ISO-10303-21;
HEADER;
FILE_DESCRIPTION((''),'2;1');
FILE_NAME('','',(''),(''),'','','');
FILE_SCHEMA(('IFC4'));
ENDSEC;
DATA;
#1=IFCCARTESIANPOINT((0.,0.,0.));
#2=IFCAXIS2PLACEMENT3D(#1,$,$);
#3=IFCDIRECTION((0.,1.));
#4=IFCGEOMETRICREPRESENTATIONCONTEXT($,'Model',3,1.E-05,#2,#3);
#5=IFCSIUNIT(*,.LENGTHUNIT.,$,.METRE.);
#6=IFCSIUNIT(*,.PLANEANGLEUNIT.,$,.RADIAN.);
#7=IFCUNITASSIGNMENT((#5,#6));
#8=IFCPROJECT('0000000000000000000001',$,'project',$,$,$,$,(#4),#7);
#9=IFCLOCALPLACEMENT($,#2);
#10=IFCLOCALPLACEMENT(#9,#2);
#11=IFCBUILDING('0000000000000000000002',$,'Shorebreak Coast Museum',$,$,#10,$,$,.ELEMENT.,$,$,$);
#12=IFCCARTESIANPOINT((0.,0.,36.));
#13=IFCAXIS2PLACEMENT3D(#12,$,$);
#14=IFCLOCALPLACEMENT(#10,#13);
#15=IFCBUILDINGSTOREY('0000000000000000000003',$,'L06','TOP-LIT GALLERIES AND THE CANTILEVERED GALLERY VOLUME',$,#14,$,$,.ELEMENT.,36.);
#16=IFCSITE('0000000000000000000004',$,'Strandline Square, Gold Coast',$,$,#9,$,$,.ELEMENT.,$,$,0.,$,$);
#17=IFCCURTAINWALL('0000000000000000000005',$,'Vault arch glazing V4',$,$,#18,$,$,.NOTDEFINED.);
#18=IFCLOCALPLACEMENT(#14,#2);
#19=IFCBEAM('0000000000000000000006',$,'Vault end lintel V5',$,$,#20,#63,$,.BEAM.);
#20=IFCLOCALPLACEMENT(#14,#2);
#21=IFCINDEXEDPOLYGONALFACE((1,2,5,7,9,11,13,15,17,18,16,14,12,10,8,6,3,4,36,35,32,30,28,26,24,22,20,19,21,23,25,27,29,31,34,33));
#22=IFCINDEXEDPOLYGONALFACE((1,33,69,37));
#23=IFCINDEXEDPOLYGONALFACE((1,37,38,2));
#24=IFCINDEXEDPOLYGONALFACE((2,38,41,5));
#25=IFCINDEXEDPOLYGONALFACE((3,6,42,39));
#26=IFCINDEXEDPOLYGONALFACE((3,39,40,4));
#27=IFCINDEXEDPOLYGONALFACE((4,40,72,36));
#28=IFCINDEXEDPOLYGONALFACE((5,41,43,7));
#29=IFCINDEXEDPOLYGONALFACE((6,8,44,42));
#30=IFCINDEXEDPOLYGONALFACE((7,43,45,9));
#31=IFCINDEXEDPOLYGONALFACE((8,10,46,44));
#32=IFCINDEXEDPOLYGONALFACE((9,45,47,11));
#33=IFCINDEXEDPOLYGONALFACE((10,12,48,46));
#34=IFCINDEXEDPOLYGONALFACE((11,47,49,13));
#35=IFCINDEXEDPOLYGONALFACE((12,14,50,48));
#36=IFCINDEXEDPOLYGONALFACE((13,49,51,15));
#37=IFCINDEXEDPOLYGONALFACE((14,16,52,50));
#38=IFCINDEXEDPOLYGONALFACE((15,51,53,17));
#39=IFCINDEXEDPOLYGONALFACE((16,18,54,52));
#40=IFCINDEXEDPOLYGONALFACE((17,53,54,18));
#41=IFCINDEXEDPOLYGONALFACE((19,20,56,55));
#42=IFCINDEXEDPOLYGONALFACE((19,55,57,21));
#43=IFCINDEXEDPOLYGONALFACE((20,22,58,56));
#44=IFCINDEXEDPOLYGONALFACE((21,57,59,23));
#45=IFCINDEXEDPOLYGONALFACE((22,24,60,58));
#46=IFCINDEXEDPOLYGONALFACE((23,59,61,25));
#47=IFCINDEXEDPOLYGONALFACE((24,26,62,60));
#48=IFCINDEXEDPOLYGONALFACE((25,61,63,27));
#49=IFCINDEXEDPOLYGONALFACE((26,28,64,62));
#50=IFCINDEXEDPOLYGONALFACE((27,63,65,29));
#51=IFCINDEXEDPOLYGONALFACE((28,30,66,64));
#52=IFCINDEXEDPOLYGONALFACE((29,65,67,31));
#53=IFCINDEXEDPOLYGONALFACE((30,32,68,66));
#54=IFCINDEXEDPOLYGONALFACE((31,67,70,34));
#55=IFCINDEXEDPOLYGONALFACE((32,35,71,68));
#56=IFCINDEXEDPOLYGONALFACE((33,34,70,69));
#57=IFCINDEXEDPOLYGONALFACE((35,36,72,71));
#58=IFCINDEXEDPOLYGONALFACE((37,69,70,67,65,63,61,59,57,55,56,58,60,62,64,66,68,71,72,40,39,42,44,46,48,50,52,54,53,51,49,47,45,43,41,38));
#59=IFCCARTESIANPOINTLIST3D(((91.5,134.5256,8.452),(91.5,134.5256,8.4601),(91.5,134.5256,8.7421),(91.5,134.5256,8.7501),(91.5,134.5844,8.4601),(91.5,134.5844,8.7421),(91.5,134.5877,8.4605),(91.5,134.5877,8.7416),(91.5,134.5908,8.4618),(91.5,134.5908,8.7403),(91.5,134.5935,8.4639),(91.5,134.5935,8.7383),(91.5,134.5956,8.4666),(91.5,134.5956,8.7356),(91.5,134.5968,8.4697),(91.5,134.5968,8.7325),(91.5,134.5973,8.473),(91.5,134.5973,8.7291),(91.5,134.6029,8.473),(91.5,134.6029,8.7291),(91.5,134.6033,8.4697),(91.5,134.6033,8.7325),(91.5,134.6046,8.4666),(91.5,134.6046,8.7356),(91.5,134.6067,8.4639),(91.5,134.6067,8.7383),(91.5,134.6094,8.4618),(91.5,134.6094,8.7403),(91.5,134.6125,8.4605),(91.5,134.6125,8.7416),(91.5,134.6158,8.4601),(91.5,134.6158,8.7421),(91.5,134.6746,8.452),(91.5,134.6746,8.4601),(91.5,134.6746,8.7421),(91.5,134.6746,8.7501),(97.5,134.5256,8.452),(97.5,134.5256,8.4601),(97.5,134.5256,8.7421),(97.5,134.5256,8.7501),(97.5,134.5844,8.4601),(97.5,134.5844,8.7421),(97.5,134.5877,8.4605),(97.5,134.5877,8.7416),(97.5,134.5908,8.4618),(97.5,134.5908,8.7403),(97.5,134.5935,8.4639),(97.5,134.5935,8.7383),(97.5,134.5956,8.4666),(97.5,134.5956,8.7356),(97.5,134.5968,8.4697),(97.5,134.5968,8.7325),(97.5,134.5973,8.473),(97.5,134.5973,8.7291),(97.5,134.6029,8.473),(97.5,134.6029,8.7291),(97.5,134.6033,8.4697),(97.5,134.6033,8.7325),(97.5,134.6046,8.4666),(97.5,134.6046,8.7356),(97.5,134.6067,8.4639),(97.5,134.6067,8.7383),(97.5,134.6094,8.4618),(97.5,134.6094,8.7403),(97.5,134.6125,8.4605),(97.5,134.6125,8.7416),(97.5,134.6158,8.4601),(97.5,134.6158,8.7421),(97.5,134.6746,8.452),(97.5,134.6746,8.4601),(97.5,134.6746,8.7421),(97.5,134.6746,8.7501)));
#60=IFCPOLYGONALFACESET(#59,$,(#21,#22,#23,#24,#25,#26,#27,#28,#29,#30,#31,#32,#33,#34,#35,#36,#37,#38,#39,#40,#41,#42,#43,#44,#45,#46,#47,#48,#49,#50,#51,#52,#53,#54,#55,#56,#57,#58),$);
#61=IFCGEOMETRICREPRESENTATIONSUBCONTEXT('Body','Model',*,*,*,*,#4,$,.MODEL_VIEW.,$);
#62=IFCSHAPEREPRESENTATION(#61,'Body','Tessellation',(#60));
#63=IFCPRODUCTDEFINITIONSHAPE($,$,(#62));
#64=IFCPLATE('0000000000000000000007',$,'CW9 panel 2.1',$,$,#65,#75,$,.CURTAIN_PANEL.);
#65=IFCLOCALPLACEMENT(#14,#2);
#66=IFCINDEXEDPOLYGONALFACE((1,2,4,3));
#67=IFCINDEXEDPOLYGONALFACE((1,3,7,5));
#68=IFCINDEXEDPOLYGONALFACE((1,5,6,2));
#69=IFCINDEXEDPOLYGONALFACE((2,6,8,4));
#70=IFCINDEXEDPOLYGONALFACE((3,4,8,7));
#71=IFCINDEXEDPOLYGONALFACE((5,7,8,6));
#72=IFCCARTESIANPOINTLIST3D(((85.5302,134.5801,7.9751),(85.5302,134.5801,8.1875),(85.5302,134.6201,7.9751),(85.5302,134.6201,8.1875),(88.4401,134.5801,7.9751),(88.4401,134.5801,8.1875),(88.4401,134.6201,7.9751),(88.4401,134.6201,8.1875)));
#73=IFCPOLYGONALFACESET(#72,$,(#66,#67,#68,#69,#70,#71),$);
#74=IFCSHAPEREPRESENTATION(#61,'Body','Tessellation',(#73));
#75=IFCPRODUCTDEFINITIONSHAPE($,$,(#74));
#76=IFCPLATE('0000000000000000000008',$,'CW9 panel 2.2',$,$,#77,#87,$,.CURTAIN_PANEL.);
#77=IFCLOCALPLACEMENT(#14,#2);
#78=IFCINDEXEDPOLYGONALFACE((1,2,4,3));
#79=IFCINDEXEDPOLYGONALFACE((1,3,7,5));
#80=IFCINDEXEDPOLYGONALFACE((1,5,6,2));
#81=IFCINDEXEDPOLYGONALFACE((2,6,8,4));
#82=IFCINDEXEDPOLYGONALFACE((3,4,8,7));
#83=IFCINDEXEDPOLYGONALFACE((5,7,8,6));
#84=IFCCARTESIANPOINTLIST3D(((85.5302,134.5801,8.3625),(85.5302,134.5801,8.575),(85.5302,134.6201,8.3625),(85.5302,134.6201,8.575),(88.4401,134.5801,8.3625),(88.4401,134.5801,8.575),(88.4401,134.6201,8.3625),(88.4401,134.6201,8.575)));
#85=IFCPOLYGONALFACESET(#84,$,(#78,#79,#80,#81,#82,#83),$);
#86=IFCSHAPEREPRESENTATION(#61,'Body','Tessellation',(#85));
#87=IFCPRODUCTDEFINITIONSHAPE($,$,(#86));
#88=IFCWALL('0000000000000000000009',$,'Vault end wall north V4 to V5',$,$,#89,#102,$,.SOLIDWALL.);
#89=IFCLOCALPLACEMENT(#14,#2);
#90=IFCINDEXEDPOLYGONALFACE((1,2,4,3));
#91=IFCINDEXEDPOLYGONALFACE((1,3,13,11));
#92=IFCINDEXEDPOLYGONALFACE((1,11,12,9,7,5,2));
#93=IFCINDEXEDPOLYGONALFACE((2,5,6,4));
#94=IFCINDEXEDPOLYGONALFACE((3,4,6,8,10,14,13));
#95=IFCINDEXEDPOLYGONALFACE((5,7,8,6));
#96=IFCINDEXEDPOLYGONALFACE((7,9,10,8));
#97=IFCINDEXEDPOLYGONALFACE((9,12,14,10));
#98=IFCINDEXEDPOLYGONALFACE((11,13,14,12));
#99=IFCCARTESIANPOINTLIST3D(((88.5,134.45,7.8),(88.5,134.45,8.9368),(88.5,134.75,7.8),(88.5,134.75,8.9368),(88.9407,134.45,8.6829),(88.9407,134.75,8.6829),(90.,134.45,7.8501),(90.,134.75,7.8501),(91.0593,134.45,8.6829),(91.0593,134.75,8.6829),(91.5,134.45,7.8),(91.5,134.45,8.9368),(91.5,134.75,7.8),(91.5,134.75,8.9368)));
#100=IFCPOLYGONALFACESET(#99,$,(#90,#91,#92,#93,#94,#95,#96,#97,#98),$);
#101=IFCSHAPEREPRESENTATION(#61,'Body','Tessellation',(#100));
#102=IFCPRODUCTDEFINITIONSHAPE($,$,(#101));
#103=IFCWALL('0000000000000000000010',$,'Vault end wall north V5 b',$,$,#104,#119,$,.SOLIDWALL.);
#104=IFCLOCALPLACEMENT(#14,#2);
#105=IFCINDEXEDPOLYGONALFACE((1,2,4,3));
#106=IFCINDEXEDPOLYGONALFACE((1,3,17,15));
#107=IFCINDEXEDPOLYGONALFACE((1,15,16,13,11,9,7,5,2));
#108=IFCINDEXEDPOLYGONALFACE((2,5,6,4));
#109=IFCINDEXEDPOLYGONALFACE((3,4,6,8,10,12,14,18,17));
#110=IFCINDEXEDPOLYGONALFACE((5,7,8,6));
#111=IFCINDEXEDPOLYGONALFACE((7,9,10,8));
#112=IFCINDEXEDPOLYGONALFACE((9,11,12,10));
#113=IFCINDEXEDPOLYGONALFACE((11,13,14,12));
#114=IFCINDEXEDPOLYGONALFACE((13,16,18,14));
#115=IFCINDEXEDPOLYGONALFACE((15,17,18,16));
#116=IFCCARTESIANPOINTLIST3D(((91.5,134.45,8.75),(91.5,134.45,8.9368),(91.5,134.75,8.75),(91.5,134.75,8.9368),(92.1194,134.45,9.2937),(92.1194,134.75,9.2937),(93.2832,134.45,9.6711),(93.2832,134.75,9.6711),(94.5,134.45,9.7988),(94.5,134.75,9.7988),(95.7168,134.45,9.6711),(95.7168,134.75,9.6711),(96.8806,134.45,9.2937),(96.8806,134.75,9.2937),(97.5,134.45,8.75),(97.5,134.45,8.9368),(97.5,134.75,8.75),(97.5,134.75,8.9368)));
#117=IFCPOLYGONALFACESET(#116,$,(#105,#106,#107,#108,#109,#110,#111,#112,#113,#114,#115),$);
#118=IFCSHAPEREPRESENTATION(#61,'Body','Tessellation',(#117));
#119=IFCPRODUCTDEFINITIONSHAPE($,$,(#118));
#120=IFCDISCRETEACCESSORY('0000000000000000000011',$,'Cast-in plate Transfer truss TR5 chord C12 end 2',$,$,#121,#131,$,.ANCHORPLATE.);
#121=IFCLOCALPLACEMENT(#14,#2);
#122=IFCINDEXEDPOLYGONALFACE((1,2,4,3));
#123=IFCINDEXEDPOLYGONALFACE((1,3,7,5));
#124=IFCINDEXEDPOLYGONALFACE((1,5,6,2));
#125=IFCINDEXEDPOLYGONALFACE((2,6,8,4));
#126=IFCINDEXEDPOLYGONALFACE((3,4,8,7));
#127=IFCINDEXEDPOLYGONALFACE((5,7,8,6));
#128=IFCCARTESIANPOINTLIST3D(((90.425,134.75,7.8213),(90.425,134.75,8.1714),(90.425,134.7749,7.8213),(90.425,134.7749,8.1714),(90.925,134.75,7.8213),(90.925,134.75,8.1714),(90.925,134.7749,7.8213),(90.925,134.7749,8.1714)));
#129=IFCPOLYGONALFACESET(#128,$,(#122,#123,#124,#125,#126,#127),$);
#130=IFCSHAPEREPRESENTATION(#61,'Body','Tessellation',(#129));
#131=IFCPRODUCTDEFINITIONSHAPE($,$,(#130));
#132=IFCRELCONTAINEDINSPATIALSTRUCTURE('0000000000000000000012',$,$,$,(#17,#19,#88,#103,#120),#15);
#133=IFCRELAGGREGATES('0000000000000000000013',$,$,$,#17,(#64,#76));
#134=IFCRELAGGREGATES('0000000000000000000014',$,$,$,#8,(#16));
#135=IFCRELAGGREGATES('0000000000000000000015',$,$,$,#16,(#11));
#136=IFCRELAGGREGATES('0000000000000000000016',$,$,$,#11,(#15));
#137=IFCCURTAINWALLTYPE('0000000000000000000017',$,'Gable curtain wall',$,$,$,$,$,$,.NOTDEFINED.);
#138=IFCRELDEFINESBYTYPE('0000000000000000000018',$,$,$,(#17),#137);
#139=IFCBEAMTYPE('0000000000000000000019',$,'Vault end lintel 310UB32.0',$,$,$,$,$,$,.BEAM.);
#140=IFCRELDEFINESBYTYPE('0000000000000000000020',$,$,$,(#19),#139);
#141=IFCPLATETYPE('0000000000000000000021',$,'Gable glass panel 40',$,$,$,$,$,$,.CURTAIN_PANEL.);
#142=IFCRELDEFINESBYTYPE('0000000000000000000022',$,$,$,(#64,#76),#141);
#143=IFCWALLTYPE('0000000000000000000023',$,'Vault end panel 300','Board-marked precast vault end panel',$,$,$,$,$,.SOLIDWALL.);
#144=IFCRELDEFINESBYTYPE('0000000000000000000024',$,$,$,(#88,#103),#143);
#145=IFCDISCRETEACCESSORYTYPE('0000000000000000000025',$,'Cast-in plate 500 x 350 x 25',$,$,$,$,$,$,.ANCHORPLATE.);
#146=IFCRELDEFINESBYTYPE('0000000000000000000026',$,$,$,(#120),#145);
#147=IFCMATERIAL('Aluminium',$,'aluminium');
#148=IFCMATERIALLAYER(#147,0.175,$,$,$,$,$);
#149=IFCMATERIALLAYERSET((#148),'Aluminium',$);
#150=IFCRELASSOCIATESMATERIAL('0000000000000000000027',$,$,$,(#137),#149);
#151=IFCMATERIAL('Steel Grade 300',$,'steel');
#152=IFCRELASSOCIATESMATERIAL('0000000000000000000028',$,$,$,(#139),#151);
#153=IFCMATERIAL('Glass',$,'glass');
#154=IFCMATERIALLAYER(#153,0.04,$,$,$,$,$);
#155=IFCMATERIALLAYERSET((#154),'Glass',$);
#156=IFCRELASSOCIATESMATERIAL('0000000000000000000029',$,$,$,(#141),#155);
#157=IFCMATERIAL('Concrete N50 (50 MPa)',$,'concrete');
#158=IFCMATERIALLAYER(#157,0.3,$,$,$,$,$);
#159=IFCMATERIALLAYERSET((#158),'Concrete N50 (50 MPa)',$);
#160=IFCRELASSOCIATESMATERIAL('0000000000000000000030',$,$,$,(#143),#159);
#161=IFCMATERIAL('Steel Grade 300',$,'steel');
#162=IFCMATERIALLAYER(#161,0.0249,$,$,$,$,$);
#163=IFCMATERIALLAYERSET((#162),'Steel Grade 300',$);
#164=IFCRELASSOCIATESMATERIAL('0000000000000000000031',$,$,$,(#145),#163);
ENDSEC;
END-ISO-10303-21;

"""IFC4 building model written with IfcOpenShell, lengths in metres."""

from ifc_helpers import new_model, si_unit, direction, frame, origin, origin_2d, place, context, subcontext, project, spatial, polyline, rectangle, i_section, outline, extrude, material, layer, layer_set, material_profile, profile_set, type_object, element, aggregate, save


model = new_model("IFC4")

# Units and contexts
model_context = context("Model", 3, precision=1e-05, world=origin(), true_north=direction((0.0, 1.0)))
body_context = subcontext(model_context, "Body", "Model", "MODEL_VIEW")
ifc_project = project(units=[si_unit("LENGTHUNIT", "METRE"), si_unit("PLANEANGLEUNIT", "RADIAN")], contexts=[model_context])

# Site, building, storey
site_placement = place(None, origin())
site = spatial("IfcSite", under=ifc_project, at=site_placement, Name="Strandline Square, Gold Coast", CompositionType="ELEMENT", RefElevation=0.0)
building_placement = place(site_placement, origin())
building = spatial("IfcBuilding", under=site, at=building_placement, Name="Shorebreak Coast Museum", CompositionType="ELEMENT")
storey_placement = place(building_placement, frame((0.0, 0.0, 36.0)))
storey = spatial("IfcBuildingStorey", under=building, at=storey_placement, Name="L06", Description="TOP-LIT GALLERIES AND THE CANTILEVERED GALLERY VOLUME", CompositionType="ELEMENT", Elevation=36.0)

# Curtain wall
ifc_material_1 = material(Name="Aluminium", Category="aluminium")
ifc_layer_1 = layer(ifc_material_1, 0.175)
ifc_layer_set_1 = layer_set([ifc_layer_1], Name="Aluminium")
curtain_wall_type_1 = type_object("IfcCurtainWallType", Name="Gable curtain wall", PredefinedType="NOTDEFINED", material=ifc_layer_set_1)
curtain_wall_1_placement = place(storey_placement, origin())
curtain_wall_1 = element("IfcCurtainWall", 1, at=curtain_wall_1_placement, inside=storey, type_object=curtain_wall_type_1, Name="Vault arch glazing V4", PredefinedType="NOTDEFINED")

# Beam
ifc_material_2 = material(Name="Steel Grade 300", Category="steel")
ifc_material_profile_1 = material_profile(ifc_material_2, i_section(OverallWidth=0.1489, OverallDepth=0.2981, WebThickness=0.0056, FlangeThickness=0.0081, FilletRadius=0.0129, at=origin_2d()), Name="310UB32.0")
ifc_profile_set_1 = profile_set([ifc_material_profile_1], Name="Steel Grade 300")
beam_type_1 = type_object("IfcBeamType", Name="Vault end lintel 310UB32.0", PredefinedType="BEAM", material=ifc_profile_set_1)
beam_1_placement = place(storey_placement, frame((91.5, 134.6001, 8.6011), z_axis=(1.0, 0.0, 0.0), x_axis=(0.0, 1.0, 0.0)))
element("IfcBeam", 2, at=beam_1_placement, inside=storey, type_object=beam_type_1, Name="Vault end lintel V5", PredefinedType="BEAM", context=body_context, shape_type="SweptSolid", body=[
    extrude(i_section(OverallWidth=0.1489, OverallDepth=0.2981, WebThickness=0.0056, FlangeThickness=0.0081, FilletRadius=0.0129, at=origin_2d()), origin(), (0.0, 0.0, 1.0), 6.0),
])

# Plates
ifc_material_3 = material(Name="Glass", Category="glass")
ifc_layer_2 = layer(ifc_material_3, 0.04)
ifc_layer_set_2 = layer_set([ifc_layer_2], Name="Glass")
plate_type = type_object("IfcPlateType", Name="Gable glass panel 40", PredefinedType="CURTAIN_PANEL", material=ifc_layer_set_2)
plate_1_placement = place(storey_placement, frame((86.9851, 134.6001, 7.9751), z_axis=(0.0, 0.0, 1.0), x_axis=(1.0, 0.0, 0.0)))
plate_1 = element("IfcPlate", 3, at=plate_1_placement, type_object=plate_type, Name="CW9 panel 2.1", PredefinedType="CURTAIN_PANEL", context=body_context, shape_type="SweptSolid", body=[
    extrude(rectangle(XDim=2.9099, YDim=0.04, at=origin_2d()), origin(), (0.0, 0.0, 1.0), 0.2124),
])
plate_2_placement = place(storey_placement, frame((86.9851, 134.6001, 8.3625), z_axis=(0.0, 0.0, 1.0), x_axis=(1.0, 0.0, 0.0)))
plate_2 = element("IfcPlate", 4, at=plate_2_placement, type_object=plate_type, Name="CW9 panel 2.2", PredefinedType="CURTAIN_PANEL", context=body_context, shape_type="SweptSolid", body=[
    extrude(rectangle(XDim=2.9099, YDim=0.04, at=origin_2d()), origin(), (0.0, 0.0, 1.0), 0.2124),
])
aggregate(curtain_wall_1, [plate_1, plate_2])

# Walls
ifc_material_4 = material(Name="Concrete N50 (50 MPa)", Category="concrete")
ifc_layer_3 = layer(ifc_material_4, 0.3)
ifc_layer_set_3 = layer_set([ifc_layer_3], Name="Concrete N50 (50 MPa)")
wall_type = type_object("IfcWallType", Name="Vault end panel 300", Description="Board-marked precast vault end panel", PredefinedType="SOLIDWALL", material=ifc_layer_set_3)
wall_1_placement = place(storey_placement, frame((88.5, 134.6001, 7.8), z_axis=(0.0, 0.0, 1.0), x_axis=(1.0, 0.0, 0.0)))
element("IfcWall", 5, at=wall_1_placement, inside=storey, type_object=wall_type, Name="Vault end wall north V4 to V5", PredefinedType="SOLIDWALL", context=body_context, shape_type="SweptSolid", body=[
    extrude(outline(polyline([(0.0, 0.0), (3.0, 0.0), (3.0, 1.1367), (2.5593, 0.8828), (1.5, 0.05), (0.4407, 0.8828), (0.0, 1.1367), (0.0, 0.0)])), frame((0.0, 0.1499, 0.0), z_axis=(0.0, -1.0, 0.0), x_axis=(1.0, 0.0, 0.0)), (0.0, 0.0, 1.0), 0.3),
])
wall_2_placement = place(storey_placement, frame((91.5, 134.6001, 8.75), z_axis=(0.0, 0.0, 1.0), x_axis=(1.0, 0.0, 0.0)))
element("IfcWall", 6, at=wall_2_placement, inside=storey, type_object=wall_type, Name="Vault end wall north V5 b", PredefinedType="SOLIDWALL", context=body_context, shape_type="SweptSolid", body=[
    extrude(outline(polyline([(0.0, 0.0), (6.0, 0.0), (6.0, 0.1868), (5.3806, 0.5437), (4.2168, 0.9211), (3.0, 1.0488), (1.7832, 0.9211), (0.6194, 0.5437), (0.0, 0.1868), (0.0, 0.0)])), frame((0.0, 0.1499, 0.0), z_axis=(0.0, -1.0, 0.0), x_axis=(1.0, 0.0, 0.0)), (0.0, 0.0, 1.0), 0.3),
])

# Discrete accessory
ifc_material_5 = material(Name="Steel Grade 300", Category="steel")
ifc_layer_4 = layer(ifc_material_5, 0.0249)
ifc_layer_set_4 = layer_set([ifc_layer_4], Name="Steel Grade 300")
discrete_accessory_type = type_object("IfcDiscreteAccessoryType", Name="Cast-in plate 500 x 350 x 25", PredefinedType="ANCHORPLATE", material=ifc_layer_set_4)
discrete_accessory_placement = place(storey_placement, frame((90.425, 134.75, 7.8213), z_axis=(0.0, -1.0, 0.0), x_axis=(1.0, 0.0, 0.0)))
element("IfcDiscreteAccessory", 7, at=discrete_accessory_placement, inside=storey, type_object=discrete_accessory_type, Name="Cast-in plate Transfer truss TR5 chord C12 end 2", PredefinedType="ANCHORPLATE", context=body_context, shape_type="SweptSolid", body=[
    extrude(outline(polyline([(0.0, 0.0), (0.5, 0.0), (0.5, 0.3501), (0.0, 0.3501), (0.0, 0.0)])), origin(), (0.0, 0.0, -1.0), 0.0249),
])

save(model, "model.ifc")
